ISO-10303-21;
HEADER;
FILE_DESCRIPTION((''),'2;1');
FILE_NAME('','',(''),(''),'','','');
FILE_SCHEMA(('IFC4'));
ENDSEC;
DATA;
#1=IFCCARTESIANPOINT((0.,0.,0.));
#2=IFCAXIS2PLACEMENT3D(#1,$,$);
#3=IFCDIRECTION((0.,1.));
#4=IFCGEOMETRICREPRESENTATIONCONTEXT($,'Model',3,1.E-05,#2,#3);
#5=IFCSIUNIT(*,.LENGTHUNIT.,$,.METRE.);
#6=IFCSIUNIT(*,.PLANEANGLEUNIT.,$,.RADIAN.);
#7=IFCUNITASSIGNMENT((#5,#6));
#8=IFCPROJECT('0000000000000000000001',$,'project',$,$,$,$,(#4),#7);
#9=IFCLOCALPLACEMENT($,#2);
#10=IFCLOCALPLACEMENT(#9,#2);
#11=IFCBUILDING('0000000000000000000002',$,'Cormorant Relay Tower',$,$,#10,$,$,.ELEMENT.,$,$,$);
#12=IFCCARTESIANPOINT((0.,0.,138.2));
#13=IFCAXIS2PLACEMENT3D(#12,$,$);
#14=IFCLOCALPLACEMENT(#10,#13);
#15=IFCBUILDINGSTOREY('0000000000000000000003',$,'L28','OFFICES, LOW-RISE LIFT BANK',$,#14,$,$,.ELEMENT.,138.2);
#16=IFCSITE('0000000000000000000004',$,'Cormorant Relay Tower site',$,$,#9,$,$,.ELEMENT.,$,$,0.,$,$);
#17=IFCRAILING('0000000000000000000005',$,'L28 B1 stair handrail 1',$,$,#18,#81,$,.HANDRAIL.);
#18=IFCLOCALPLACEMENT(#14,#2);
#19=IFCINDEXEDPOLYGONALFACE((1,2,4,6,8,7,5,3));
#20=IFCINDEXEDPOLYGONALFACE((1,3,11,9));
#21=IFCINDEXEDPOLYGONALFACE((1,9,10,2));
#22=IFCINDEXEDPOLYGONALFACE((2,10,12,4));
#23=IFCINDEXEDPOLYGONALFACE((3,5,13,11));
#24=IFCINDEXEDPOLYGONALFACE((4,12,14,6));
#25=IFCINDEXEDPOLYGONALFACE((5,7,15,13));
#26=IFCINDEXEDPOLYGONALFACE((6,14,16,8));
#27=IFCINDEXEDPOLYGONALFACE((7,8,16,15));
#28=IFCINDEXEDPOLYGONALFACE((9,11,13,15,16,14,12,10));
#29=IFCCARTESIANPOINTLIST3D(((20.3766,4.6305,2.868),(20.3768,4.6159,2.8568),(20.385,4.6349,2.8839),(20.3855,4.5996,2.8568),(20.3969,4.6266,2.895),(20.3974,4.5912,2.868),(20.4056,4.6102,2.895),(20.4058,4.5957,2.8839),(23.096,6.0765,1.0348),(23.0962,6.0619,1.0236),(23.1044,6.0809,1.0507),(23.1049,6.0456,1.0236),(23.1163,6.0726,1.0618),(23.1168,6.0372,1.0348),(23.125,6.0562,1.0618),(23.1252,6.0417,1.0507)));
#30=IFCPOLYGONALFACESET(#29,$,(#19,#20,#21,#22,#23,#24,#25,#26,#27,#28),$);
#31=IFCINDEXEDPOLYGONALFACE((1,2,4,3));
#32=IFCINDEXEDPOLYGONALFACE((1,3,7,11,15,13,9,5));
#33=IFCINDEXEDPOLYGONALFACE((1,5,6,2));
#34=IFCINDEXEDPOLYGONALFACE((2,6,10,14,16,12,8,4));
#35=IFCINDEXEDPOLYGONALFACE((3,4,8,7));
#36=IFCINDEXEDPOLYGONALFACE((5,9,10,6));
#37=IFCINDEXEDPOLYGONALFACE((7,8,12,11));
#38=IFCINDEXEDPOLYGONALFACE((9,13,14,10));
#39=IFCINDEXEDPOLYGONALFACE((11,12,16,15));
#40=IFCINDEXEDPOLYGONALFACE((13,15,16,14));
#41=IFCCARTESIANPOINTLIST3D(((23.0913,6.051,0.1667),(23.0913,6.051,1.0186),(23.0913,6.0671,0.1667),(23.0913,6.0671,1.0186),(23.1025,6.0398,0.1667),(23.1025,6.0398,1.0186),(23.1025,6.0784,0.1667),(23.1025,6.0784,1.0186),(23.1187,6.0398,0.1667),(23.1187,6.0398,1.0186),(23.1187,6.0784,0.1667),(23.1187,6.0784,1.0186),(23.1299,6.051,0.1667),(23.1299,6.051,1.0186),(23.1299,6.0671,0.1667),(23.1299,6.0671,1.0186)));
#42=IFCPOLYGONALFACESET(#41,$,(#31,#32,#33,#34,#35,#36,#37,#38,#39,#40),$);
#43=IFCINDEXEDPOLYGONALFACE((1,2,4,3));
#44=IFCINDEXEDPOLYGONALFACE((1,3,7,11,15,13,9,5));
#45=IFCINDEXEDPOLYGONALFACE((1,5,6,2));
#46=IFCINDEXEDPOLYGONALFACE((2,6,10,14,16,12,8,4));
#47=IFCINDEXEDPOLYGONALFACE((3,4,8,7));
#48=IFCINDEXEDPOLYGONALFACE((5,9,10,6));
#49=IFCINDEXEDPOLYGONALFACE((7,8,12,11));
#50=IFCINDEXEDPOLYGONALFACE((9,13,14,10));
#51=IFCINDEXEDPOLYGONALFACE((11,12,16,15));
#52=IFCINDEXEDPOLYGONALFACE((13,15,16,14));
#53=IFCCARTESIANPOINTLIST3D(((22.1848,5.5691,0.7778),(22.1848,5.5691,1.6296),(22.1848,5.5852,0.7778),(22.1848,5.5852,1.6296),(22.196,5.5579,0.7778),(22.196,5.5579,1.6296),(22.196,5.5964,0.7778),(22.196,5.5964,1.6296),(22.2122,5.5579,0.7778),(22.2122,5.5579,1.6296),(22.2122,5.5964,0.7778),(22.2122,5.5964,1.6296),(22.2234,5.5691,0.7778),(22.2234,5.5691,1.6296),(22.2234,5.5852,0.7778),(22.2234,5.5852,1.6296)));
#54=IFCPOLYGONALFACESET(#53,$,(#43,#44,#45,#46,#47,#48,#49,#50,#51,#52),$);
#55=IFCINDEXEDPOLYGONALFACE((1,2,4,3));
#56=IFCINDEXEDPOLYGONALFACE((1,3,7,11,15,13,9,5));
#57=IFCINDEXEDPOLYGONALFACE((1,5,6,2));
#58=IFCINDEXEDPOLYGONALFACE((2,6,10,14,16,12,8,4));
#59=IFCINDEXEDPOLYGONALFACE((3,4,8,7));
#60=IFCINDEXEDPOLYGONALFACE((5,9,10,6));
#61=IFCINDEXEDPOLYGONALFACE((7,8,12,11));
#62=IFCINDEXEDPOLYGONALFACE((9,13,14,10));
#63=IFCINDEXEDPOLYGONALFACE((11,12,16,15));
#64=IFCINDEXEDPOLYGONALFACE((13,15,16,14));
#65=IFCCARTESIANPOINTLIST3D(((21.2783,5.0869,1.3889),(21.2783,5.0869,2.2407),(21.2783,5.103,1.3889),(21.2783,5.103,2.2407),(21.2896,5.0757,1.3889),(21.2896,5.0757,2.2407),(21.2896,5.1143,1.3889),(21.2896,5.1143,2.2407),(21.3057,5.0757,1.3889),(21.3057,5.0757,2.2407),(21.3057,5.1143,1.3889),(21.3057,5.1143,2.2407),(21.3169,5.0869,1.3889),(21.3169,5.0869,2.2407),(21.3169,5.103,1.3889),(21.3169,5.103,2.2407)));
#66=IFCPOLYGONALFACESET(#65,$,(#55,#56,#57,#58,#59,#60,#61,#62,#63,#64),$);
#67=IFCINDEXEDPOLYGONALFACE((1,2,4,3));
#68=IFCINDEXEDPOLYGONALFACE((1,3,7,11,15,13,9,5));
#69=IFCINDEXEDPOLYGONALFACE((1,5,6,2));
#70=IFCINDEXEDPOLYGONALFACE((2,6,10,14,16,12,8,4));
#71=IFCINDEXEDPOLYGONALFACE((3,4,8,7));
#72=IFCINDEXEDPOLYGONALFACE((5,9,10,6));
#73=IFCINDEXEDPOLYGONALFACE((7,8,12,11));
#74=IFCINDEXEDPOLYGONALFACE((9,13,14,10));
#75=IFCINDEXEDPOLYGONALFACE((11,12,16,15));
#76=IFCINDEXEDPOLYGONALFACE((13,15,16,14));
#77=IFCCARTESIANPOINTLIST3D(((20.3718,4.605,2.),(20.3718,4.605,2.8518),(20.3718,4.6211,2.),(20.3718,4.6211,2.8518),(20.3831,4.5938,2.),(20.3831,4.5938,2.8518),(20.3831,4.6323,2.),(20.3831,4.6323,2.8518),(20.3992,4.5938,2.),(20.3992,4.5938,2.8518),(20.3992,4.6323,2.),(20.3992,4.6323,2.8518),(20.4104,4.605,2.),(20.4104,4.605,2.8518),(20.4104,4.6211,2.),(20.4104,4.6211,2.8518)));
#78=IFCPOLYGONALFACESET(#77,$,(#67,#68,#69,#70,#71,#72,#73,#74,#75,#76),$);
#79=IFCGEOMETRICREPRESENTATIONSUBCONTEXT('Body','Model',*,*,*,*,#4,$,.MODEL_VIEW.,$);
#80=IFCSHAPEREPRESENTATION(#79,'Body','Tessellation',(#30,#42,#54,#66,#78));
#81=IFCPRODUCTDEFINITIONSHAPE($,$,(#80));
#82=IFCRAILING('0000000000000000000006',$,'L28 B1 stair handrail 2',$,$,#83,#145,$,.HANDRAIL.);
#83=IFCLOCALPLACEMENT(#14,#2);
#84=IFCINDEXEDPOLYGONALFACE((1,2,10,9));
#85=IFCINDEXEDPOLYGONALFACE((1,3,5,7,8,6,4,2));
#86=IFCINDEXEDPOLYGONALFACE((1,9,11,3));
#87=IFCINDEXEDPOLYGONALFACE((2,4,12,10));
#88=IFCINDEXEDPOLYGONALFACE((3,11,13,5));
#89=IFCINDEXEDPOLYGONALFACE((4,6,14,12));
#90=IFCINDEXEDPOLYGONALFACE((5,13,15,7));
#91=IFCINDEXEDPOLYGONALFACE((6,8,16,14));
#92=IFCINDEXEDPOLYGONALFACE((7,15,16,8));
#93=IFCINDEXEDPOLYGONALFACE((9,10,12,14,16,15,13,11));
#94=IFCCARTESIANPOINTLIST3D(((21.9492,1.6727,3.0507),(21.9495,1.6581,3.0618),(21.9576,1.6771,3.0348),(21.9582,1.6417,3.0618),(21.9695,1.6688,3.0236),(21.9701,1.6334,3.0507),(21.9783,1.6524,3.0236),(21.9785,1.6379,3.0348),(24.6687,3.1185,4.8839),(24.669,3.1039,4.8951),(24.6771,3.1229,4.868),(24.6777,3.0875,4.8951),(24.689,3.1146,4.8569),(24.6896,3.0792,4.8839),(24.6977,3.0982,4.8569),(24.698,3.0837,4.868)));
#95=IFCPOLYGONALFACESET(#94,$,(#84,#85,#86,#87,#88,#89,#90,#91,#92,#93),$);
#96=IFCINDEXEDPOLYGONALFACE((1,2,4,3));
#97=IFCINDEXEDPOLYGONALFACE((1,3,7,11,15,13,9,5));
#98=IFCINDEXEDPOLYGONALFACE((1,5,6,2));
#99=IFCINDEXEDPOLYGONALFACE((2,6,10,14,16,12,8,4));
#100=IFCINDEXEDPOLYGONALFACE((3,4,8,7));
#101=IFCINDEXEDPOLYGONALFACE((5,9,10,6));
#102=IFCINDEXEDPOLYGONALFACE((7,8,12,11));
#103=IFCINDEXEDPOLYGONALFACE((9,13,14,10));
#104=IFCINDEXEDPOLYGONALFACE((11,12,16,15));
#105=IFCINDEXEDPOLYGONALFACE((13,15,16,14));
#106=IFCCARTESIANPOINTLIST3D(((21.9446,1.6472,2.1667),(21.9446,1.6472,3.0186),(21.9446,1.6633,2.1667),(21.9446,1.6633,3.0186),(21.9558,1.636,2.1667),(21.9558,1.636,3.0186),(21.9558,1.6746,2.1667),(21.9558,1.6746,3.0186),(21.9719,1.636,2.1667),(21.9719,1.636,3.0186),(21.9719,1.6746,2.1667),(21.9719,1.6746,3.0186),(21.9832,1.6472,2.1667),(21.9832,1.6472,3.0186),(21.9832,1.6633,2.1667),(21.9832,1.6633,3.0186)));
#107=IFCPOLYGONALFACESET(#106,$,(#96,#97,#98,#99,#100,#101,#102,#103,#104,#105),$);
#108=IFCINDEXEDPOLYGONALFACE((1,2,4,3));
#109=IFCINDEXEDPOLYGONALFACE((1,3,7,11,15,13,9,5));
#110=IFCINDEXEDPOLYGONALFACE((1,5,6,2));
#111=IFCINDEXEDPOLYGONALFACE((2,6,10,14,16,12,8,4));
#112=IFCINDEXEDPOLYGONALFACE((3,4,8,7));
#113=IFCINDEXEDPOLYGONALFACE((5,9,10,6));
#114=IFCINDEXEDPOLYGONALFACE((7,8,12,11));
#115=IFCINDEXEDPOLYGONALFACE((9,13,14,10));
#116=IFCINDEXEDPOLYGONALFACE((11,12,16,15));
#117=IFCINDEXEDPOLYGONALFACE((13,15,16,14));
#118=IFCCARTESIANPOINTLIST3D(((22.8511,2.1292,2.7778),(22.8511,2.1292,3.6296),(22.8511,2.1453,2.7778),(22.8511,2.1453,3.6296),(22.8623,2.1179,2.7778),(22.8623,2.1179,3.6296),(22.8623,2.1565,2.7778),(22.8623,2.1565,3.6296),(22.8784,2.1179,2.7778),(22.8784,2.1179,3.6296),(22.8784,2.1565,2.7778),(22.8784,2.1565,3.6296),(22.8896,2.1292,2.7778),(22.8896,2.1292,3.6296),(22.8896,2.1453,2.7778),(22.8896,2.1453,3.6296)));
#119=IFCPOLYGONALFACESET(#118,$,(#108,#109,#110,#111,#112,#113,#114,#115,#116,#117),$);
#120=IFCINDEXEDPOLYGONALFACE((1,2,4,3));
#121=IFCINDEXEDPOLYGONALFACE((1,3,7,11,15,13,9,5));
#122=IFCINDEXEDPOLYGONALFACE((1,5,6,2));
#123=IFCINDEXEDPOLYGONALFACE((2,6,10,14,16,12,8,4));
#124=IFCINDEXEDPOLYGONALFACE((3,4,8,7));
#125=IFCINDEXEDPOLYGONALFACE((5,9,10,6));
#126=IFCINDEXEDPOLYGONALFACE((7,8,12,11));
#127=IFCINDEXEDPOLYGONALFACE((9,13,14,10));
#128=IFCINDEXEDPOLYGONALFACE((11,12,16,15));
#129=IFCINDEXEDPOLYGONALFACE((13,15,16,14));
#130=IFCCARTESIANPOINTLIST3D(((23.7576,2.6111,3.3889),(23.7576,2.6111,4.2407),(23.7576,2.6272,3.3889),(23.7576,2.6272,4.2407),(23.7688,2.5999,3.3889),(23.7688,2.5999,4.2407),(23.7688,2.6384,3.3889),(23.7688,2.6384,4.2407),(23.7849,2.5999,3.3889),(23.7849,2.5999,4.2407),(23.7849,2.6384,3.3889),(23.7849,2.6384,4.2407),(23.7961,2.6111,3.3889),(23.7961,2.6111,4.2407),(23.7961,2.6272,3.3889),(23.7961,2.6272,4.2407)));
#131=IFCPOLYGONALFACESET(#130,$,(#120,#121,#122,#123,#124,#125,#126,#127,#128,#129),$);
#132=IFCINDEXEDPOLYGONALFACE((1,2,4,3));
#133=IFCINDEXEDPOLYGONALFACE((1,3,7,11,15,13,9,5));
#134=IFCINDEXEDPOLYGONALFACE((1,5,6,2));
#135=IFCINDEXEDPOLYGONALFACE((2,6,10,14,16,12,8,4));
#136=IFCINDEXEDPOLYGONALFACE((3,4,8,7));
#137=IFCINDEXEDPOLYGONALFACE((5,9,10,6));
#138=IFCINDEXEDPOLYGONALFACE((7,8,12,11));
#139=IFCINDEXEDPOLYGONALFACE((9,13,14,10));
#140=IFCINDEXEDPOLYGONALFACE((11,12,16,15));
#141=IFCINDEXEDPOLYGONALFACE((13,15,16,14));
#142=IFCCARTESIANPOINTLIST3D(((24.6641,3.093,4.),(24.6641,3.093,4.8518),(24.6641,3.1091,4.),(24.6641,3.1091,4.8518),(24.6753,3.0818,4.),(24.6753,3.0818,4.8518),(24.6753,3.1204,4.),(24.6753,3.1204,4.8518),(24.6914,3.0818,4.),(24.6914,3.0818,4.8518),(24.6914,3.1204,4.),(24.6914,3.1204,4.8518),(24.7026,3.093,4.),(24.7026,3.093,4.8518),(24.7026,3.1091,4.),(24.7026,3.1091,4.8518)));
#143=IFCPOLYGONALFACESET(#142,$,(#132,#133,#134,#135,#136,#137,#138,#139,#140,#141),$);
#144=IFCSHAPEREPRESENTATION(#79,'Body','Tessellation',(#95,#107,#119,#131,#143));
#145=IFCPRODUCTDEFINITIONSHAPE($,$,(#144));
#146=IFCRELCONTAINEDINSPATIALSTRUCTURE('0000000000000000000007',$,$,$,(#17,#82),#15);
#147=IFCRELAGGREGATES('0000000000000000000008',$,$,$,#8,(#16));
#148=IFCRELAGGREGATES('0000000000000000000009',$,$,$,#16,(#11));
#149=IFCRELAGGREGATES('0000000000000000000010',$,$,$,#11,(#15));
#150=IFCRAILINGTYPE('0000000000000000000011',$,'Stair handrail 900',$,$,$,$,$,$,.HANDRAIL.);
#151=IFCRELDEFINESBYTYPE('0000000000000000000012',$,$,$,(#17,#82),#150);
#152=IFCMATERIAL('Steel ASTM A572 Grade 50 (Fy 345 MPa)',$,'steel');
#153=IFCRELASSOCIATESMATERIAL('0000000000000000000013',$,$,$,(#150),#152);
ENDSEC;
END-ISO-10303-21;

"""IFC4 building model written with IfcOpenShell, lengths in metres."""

from ifc_helpers import new_model, si_unit, direction, frame, origin, place, context, subcontext, project, spatial, polyline, outline, extrude, material, type_object, element, save


model = new_model("IFC4")

# Units and contexts
model_context = context("Model", 3, precision=1e-05, world=origin(), true_north=direction((0.0, 1.0)))
body_context = subcontext(model_context, "Body", "Model", "MODEL_VIEW")
ifc_project = project(units=[si_unit("LENGTHUNIT", "METRE"), si_unit("PLANEANGLEUNIT", "RADIAN")], contexts=[model_context])

# Site, building, storey
site_placement = place(None, origin())
site = spatial("IfcSite", under=ifc_project, at=site_placement, Name="Cormorant Relay Tower site", CompositionType="ELEMENT", RefElevation=0.0)
building_placement = place(site_placement, origin())
building = spatial("IfcBuilding", under=site, at=building_placement, Name="Cormorant Relay Tower", CompositionType="ELEMENT")
storey_placement = place(building_placement, frame((0.0, 0.0, 138.2)))
storey = spatial("IfcBuildingStorey", under=building, at=storey_placement, Name="L28", Description="OFFICES, LOW-RISE LIFT BANK", CompositionType="ELEMENT", Elevation=138.2)

# Railings
ifc_material_1 = material(Name="Steel ASTM A572 Grade 50 (Fy 345 MPa)", Category="steel")
railing_type_1 = type_object("IfcRailingType", Name="Stair handrail 900", PredefinedType="HANDRAIL", material=ifc_material_1)
railing_1_placement = place(storey_placement, frame((23.1106, 6.0591, 0.1667)))
element("IfcRailing", 1, at=railing_1_placement, inside=storey, type_object=railing_type_1, Name="L28 B1 stair handrail 1", PredefinedType="HANDRAIL", context=body_context, shape_type="SweptSolid", body=[
    extrude(outline(polyline([(0.0222, 0.0093), (0.0093, 0.0222), (-0.0093, 0.0222), (-0.0222, 0.0093), (-0.0222, -0.0093), (-0.0093, -0.0222), (0.0093, -0.0222), (0.0222, -0.0093), (0.0222, 0.0093)])), frame((0.0, 0.0, 0.876), z_axis=(-0.758714, -0.403435, 0.511463), x_axis=(0.469489, -0.882938, 0.0)), (0.0, 0.0, 1.0), 3.5842),
    extrude(outline(polyline([(0.0193, 0.0081), (0.0081, 0.0193), (-0.0081, 0.0193), (-0.0193, 0.0081), (-0.0193, -0.0081), (-0.0081, -0.0193), (0.0081, -0.0193), (0.0193, -0.0081), (0.0193, 0.0081)])), origin(), (0.0, 0.0, 1.0), 0.8518),
    extrude(outline(polyline([(0.0193, 0.0081), (0.0081, 0.0193), (-0.0081, 0.0193), (-0.0193, 0.0081), (-0.0193, -0.0081), (-0.0081, -0.0193), (0.0081, -0.0193), (0.0193, -0.0081), (0.0193, 0.0081)])), frame((-0.9065, -0.4819, 0.6111)), (0.0, 0.0, 1.0), 0.8518),
    extrude(outline(polyline([(0.0193, 0.0081), (0.0081, 0.0193), (-0.0081, 0.0193), (-0.0193, 0.0081), (-0.0193, -0.0081), (-0.0081, -0.0193), (0.0081, -0.0193), (0.0193, -0.0081), (0.0193, 0.0081)])), frame((-1.813, -0.9641, 1.2222)), (0.0, 0.0, 1.0), 0.8518),
    extrude(outline(polyline([(0.0193, 0.0081), (0.0081, 0.0193), (-0.0081, 0.0193), (-0.0193, 0.0081), (-0.0193, -0.0081), (-0.0081, -0.0193), (0.0081, -0.0193), (0.0193, -0.0081), (0.0193, 0.0081)])), frame((-2.7195, -1.446, 1.8333)), (0.0, 0.0, 1.0), 0.8518),
])
railing_2_placement = place(storey_placement, frame((21.9639, 1.6553, 2.1667)))
element("IfcRailing", 2, at=railing_2_placement, inside=storey, type_object=railing_type_1, Name="L28 B1 stair handrail 2", PredefinedType="HANDRAIL", context=body_context, shape_type="SweptSolid", body=[
    extrude(outline(polyline([(0.0222, 0.0093), (0.0093, 0.0222), (-0.0093, 0.0222), (-0.0222, 0.0093), (-0.0222, -0.0093), (-0.0093, -0.0222), (0.0093, -0.0222), (0.0222, -0.0093), (0.0222, 0.0093)])), frame((0.0, 0.0, 0.876), z_axis=(0.758735, 0.403378, 0.511477), x_axis=(-0.469428, 0.882971, 0.0)), (0.0, 0.0, 1.0), 3.5842),
    extrude(outline(polyline([(0.0193, 0.0081), (0.0081, 0.0193), (-0.0081, 0.0193), (-0.0193, 0.0081), (-0.0193, -0.0081), (-0.0081, -0.0193), (0.0081, -0.0193), (0.0193, -0.0081), (0.0193, 0.0081)])), origin(), (0.0, 0.0, 1.0), 0.8518),
    extrude(outline(polyline([(0.0193, 0.0081), (0.0081, 0.0193), (-0.0081, 0.0193), (-0.0193, 0.0081), (-0.0193, -0.0081), (-0.0081, -0.0193), (0.0081, -0.0193), (0.0193, -0.0081), (0.0193, 0.0081)])), frame((0.9065, 0.4819, 0.6111)), (0.0, 0.0, 1.0), 0.8518),
    extrude(outline(polyline([(0.0193, 0.0081), (0.0081, 0.0193), (-0.0081, 0.0193), (-0.0193, 0.0081), (-0.0193, -0.0081), (-0.0081, -0.0193), (0.0081, -0.0193), (0.0193, -0.0081), (0.0193, 0.0081)])), frame((1.813, 0.9639, 1.2222)), (0.0, 0.0, 1.0), 0.8518),
    extrude(outline(polyline([(0.0193, 0.0081), (0.0081, 0.0193), (-0.0081, 0.0193), (-0.0193, 0.0081), (-0.0193, -0.0081), (-0.0081, -0.0193), (0.0081, -0.0193), (0.0193, -0.0081), (0.0193, 0.0081)])), frame((2.7195, 1.4458, 1.8333)), (0.0, 0.0, 1.0), 0.8518),
])

save(model, "model.ifc")
